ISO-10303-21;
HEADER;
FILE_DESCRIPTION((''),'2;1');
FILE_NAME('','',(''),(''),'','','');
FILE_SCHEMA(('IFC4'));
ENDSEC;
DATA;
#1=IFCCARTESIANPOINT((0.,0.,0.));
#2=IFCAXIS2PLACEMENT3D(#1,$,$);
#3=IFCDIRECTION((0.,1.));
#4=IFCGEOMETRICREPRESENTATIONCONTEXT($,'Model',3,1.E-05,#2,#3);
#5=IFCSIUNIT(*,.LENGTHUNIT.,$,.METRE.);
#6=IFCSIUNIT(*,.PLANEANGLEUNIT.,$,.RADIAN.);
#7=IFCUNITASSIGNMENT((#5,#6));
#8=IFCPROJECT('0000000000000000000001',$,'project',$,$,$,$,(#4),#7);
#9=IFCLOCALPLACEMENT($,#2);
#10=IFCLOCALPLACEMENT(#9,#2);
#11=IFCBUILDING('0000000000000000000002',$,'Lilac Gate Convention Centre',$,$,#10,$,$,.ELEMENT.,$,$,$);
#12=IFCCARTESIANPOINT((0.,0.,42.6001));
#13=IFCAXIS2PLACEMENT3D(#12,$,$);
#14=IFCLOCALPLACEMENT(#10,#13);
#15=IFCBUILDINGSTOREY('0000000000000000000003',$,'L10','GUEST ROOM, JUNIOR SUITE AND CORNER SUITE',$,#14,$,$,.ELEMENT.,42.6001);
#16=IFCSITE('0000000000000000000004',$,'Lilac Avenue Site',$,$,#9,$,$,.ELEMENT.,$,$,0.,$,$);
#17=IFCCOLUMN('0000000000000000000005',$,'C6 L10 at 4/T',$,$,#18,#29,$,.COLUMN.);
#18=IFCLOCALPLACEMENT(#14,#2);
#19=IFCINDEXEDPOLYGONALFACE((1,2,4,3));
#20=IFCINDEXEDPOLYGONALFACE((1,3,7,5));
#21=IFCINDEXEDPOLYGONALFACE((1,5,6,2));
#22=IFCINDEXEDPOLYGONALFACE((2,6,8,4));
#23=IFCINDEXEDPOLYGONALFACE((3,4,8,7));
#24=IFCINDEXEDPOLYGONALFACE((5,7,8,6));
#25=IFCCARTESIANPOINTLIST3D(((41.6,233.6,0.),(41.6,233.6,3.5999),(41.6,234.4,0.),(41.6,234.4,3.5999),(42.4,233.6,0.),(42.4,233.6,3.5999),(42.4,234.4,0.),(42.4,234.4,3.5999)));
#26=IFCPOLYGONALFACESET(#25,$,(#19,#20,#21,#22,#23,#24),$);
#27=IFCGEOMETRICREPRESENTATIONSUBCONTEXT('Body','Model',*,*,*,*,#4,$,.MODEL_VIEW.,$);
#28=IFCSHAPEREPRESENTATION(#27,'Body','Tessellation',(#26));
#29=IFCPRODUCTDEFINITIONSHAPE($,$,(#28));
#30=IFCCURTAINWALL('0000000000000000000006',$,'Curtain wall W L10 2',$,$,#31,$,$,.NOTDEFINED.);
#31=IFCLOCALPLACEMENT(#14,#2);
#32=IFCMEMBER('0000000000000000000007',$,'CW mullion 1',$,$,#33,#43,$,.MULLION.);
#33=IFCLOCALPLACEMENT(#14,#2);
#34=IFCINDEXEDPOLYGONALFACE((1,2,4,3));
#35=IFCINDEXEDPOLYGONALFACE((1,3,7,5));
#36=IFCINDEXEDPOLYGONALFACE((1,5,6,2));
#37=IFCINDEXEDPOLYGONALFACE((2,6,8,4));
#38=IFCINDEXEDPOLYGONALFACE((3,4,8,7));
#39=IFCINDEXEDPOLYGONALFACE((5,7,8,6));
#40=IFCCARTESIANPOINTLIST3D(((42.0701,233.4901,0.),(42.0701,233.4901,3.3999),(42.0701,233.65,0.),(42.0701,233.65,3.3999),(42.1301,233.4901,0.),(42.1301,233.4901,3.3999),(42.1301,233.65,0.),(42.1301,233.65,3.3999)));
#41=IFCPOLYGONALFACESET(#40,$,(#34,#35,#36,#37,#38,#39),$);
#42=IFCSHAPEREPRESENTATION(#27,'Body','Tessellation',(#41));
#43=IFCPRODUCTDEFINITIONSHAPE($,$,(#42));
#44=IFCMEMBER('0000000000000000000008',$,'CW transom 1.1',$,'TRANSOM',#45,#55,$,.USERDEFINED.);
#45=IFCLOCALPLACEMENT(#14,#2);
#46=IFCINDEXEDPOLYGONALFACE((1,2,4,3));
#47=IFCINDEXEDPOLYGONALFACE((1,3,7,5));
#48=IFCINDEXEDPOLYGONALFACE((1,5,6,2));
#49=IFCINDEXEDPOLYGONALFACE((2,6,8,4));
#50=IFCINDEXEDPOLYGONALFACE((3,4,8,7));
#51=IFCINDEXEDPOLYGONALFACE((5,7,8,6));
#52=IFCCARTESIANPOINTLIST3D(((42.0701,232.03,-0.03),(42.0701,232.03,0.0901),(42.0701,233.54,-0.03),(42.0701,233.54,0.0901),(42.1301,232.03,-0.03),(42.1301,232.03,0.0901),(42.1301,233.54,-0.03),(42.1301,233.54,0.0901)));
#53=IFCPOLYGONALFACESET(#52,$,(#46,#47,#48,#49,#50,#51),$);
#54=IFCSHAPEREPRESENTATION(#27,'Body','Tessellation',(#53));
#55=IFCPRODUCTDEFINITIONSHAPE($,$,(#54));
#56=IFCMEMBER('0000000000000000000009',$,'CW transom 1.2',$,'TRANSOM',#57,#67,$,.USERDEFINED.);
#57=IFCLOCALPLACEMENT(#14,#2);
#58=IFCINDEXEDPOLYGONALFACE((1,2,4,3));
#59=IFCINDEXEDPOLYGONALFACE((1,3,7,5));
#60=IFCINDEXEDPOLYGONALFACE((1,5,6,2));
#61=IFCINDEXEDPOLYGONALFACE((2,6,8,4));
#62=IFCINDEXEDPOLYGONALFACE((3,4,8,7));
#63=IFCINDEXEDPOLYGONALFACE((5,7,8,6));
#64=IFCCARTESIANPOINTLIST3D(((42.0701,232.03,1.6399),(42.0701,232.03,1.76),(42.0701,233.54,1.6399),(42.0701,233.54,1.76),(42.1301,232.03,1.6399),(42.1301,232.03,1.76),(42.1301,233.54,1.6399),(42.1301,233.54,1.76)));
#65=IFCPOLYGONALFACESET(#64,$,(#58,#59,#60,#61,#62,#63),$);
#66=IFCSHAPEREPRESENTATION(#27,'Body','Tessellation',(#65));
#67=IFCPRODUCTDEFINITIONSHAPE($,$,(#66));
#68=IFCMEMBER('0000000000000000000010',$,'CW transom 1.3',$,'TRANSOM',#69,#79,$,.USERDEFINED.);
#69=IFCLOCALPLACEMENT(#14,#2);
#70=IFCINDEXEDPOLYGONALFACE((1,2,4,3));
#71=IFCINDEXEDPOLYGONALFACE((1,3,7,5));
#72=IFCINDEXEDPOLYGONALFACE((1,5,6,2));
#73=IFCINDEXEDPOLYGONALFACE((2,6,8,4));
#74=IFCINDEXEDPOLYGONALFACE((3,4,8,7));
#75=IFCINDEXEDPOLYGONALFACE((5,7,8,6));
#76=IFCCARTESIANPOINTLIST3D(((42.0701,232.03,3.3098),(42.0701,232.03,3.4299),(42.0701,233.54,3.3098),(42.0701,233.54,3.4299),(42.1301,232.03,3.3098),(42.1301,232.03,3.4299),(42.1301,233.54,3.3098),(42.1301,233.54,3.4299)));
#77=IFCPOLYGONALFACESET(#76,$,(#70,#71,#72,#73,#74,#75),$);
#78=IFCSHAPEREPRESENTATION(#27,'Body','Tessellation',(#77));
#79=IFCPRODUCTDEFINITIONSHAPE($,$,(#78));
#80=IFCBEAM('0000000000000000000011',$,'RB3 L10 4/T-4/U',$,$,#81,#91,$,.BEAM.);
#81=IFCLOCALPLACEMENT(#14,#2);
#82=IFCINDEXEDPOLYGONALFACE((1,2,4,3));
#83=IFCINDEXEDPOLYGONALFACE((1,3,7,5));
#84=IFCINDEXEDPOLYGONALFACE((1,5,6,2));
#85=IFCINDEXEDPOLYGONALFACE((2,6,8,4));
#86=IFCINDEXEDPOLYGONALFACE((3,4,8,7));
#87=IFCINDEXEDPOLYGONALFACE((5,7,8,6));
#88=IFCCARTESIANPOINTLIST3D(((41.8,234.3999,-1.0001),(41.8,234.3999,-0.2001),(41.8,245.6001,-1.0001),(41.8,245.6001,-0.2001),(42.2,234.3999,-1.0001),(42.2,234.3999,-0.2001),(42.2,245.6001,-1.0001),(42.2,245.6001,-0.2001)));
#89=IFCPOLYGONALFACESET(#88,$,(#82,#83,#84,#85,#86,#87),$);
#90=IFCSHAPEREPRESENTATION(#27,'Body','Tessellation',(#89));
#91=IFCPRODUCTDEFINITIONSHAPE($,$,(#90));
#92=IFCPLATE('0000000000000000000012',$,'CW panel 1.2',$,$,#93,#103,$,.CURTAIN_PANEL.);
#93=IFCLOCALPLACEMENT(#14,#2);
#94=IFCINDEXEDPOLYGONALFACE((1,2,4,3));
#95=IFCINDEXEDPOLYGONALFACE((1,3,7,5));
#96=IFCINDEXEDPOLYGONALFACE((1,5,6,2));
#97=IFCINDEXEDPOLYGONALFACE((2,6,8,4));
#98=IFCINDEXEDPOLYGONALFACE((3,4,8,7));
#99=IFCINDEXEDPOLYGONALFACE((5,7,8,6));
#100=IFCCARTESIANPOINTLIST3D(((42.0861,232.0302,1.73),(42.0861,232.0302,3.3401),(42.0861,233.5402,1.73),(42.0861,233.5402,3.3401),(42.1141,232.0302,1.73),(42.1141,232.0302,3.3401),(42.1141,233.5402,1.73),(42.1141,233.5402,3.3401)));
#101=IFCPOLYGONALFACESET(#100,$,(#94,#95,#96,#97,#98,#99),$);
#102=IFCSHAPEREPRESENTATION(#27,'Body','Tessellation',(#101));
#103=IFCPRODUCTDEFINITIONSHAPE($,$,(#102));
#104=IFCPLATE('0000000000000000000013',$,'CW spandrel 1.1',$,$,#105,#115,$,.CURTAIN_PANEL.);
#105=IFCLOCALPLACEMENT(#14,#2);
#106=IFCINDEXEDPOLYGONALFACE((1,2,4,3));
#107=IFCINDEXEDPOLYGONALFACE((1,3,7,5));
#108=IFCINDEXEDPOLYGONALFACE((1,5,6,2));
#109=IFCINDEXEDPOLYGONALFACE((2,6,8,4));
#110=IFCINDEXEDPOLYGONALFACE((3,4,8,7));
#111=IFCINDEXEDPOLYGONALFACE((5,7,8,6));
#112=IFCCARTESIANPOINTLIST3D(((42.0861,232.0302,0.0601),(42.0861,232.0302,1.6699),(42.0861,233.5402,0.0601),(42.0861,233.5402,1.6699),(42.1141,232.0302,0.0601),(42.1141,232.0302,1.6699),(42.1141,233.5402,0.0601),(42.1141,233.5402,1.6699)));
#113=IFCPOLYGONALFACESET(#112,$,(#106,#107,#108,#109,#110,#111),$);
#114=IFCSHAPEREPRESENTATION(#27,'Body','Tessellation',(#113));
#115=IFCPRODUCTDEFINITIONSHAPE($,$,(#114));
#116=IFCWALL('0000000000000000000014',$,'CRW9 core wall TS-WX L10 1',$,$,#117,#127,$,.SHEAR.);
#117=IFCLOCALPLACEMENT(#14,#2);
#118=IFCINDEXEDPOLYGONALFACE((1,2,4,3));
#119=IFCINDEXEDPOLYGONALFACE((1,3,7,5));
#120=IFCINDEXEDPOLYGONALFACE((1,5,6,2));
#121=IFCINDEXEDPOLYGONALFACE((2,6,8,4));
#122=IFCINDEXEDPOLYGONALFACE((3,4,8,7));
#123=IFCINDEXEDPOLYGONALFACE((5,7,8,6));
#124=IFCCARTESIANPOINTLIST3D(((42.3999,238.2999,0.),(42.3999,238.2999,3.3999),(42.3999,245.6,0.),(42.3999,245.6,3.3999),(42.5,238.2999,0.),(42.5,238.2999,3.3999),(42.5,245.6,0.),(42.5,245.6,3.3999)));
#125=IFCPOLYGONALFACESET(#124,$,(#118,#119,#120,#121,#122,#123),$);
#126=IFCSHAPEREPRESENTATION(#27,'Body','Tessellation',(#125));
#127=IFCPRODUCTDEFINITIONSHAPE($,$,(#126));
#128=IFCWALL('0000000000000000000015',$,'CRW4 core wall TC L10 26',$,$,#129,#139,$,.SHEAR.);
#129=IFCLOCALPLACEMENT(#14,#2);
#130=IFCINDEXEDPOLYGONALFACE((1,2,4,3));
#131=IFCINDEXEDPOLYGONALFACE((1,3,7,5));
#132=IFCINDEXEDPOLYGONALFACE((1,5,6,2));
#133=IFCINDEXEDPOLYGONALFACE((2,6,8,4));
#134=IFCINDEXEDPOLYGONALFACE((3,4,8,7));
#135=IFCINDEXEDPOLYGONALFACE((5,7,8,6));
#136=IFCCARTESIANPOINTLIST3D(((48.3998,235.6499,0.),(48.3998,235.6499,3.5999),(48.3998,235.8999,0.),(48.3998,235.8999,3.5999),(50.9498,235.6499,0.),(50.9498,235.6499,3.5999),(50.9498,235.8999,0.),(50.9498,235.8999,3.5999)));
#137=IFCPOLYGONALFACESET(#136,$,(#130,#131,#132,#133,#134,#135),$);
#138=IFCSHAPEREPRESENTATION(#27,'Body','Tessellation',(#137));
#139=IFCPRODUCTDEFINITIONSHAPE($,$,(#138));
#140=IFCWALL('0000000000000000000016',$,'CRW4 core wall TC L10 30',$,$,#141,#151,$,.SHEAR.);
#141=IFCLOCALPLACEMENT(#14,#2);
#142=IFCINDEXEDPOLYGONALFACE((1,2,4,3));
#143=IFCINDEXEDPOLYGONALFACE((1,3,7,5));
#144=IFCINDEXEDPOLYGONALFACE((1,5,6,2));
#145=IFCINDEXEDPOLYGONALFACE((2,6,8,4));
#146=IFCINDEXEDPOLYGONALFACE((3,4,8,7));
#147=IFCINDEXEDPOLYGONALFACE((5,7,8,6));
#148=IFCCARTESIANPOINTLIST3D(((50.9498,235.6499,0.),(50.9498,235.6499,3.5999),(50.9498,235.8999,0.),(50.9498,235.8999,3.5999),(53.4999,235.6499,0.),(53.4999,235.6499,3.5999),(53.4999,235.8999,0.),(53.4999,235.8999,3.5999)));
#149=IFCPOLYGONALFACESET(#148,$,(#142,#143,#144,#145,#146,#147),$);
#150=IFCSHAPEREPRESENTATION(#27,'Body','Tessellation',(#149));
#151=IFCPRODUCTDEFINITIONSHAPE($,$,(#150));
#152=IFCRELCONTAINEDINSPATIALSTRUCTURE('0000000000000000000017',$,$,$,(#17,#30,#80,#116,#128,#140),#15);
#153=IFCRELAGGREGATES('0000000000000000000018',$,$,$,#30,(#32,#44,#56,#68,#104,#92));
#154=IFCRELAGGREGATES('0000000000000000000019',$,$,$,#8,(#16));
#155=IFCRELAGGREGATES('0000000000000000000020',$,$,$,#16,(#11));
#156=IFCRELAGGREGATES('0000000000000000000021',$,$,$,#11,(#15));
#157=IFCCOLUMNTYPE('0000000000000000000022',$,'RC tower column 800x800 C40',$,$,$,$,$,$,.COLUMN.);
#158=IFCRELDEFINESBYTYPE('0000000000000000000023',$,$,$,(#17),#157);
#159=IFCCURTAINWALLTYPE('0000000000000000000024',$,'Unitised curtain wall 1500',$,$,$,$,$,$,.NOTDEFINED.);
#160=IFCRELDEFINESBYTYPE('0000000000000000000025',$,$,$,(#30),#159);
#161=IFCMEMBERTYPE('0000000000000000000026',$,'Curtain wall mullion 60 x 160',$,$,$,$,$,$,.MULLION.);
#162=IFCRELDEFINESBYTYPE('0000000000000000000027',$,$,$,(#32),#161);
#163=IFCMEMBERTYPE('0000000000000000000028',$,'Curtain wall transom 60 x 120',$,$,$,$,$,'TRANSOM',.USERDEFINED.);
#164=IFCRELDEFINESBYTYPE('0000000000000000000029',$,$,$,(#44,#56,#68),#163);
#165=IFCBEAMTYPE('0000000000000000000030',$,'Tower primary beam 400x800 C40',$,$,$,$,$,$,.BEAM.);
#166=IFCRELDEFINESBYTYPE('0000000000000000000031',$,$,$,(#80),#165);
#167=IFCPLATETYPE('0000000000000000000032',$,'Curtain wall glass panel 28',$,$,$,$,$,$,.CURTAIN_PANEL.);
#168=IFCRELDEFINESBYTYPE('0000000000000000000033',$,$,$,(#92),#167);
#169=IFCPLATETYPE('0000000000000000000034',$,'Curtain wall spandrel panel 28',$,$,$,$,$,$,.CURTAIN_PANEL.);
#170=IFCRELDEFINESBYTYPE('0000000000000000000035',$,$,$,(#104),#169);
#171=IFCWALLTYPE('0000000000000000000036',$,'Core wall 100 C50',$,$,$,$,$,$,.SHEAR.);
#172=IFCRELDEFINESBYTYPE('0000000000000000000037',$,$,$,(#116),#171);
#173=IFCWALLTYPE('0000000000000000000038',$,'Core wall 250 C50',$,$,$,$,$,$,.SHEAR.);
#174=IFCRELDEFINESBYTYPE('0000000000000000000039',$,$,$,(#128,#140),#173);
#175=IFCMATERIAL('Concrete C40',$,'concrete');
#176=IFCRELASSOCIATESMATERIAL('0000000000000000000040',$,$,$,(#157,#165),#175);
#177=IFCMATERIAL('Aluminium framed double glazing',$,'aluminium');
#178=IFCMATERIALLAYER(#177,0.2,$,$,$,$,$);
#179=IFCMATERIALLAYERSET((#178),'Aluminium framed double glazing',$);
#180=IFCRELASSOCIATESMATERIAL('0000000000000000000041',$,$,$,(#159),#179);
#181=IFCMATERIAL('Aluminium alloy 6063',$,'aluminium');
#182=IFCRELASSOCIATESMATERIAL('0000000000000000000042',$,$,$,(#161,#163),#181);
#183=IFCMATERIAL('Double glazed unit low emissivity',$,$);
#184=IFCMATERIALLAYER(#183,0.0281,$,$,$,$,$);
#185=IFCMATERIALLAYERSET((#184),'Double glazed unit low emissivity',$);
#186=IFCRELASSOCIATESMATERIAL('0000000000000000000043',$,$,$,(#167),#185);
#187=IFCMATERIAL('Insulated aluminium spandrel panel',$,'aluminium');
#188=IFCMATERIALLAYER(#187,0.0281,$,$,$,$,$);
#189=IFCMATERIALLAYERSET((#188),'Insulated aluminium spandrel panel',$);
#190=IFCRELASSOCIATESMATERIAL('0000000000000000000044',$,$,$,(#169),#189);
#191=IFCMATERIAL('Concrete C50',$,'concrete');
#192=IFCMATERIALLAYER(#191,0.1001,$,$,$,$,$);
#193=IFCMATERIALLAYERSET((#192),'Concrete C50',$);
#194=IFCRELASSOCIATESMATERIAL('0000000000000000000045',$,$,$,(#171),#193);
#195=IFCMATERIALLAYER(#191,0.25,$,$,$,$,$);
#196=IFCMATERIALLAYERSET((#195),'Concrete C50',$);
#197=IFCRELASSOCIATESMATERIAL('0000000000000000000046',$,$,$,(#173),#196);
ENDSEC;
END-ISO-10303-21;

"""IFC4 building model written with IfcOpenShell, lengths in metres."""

from ifc_helpers import new_model, si_unit, direction, frame, frame_2d, origin, origin_2d, place, context, subcontext, project, spatial, rectangle, extrude, material, layer, layer_set, material_profile, profile_set, type_object, element, aggregate, save


model = new_model("IFC4")

# Units and contexts
model_context = context("Model", 3, precision=1e-05, world=origin(), true_north=direction((0.0, 1.0)))
body_context = subcontext(model_context, "Body", "Model", "MODEL_VIEW")
ifc_project = project(units=[si_unit("LENGTHUNIT", "METRE"), si_unit("PLANEANGLEUNIT", "RADIAN")], contexts=[model_context])

# Site, building, storey
site_placement = place(None, origin())
site = spatial("IfcSite", under=ifc_project, at=site_placement, Name="Lilac Avenue Site", CompositionType="ELEMENT", RefElevation=0.0)
building_placement = place(site_placement, origin())
building = spatial("IfcBuilding", under=site, at=building_placement, Name="Lilac Gate Convention Centre", CompositionType="ELEMENT")
storey_placement = place(building_placement, frame((0.0, 0.0, 42.6001)))
storey = spatial("IfcBuildingStorey", under=building, at=storey_placement, Name="L10", Description="GUEST ROOM, JUNIOR SUITE AND CORNER SUITE", CompositionType="ELEMENT", Elevation=42.6001)

# Column
ifc_material_1 = material(Name="Concrete C40", Category="concrete")
ifc_material_profile_1 = material_profile(ifc_material_1, rectangle(XDim=0.8, YDim=0.8, at=origin_2d()), Name="RC 800x800")
ifc_profile_set_1 = profile_set([ifc_material_profile_1], Name="Concrete C40")
column_type = type_object("IfcColumnType", Name="RC tower column 800x800 C40", PredefinedType="COLUMN", material=ifc_profile_set_1)
column_placement = place(storey_placement, frame((42.0, 234.0, 0.0), z_axis=(0.0, 0.0, 1.0), x_axis=(1.0, 0.0, 0.0)))
element("IfcColumn", 1, at=column_placement, inside=storey, type_object=column_type, Name="C6 L10 at 4/T", PredefinedType="COLUMN", context=body_context, shape_type="SweptSolid", body=[
    extrude(rectangle(XDim=0.8, YDim=0.8, at=origin_2d()), origin(), (0.0, 0.0, 1.0), 3.5999),
])

# Curtain wall, members
ifc_material_2 = material(Name="Aluminium framed double glazing", Category="aluminium")
ifc_layer_1 = layer(ifc_material_2, 0.2)
ifc_layer_set_1 = layer_set([ifc_layer_1], Name="Aluminium framed double glazing")
curtain_wall_type = type_object("IfcCurtainWallType", Name="Unitised curtain wall 1500", PredefinedType="NOTDEFINED", material=ifc_layer_set_1)
curtain_wall_placement = place(storey_placement, origin())
curtain_wall = element("IfcCurtainWall", 2, at=curtain_wall_placement, inside=storey, type_object=curtain_wall_type, Name="Curtain wall W L10 2", PredefinedType="NOTDEFINED")
ifc_material_3 = material(Name="Aluminium alloy 6063", Category="aluminium")
ifc_material_profile_2 = material_profile(ifc_material_3, rectangle(XDim=0.0601, YDim=0.1599, at=origin_2d()), Name="Curtain wall mullion 60 x 160")
ifc_profile_set_2 = profile_set([ifc_material_profile_2], Name="Aluminium alloy 6063")
member_type_1 = type_object("IfcMemberType", Name="Curtain wall mullion 60 x 160", PredefinedType="MULLION", material=ifc_profile_set_2)
member_1_placement = place(storey_placement, frame((42.1001, 233.5701, 0.0), z_axis=(0.0, 0.0, 1.0), x_axis=(1.0, 0.0, 0.0)))
member_1 = element("IfcMember", 3, at=member_1_placement, type_object=member_type_1, Name="CW mullion 1", PredefinedType="MULLION", context=body_context, shape_type="SweptSolid", body=[
    extrude(rectangle(XDim=0.0601, YDim=0.1599, at=origin_2d()), origin(), (0.0, 0.0, 1.0), 3.3999),
])
ifc_material_profile_3 = material_profile(ifc_material_3, rectangle(XDim=0.0601, YDim=0.1201, at=origin_2d()), Name="Curtain wall transom 60 x 120")
ifc_profile_set_3 = profile_set([ifc_material_profile_3], Name="Aluminium alloy 6063")
member_type_2 = type_object("IfcMemberType", Name="Curtain wall transom 60 x 120", ElementType="TRANSOM", PredefinedType="USERDEFINED", material=ifc_profile_set_3)
member_2_placement = place(storey_placement, frame((42.1001, 233.54, 0.03), z_axis=(0.0, -1.0, 0.0), x_axis=(1.0, 0.0, 0.0)))
member_2 = element("IfcMember", 4, at=member_2_placement, type_object=member_type_2, Name="CW transom 1.1", ObjectType="TRANSOM", PredefinedType="USERDEFINED", context=body_context, shape_type="SweptSolid", body=[
    extrude(rectangle(XDim=0.0601, YDim=0.1201, at=origin_2d()), origin(), (0.0, 0.0, 1.0), 1.51),
])
member_3_placement = place(storey_placement, frame((42.1001, 233.54, 1.7), z_axis=(0.0, -1.0, 0.0), x_axis=(1.0, 0.0, 0.0)))
member_3 = element("IfcMember", 5, at=member_3_placement, type_object=member_type_2, Name="CW transom 1.2", ObjectType="TRANSOM", PredefinedType="USERDEFINED", context=body_context, shape_type="SweptSolid", body=[
    extrude(rectangle(XDim=0.0601, YDim=0.1201, at=origin_2d()), origin(), (0.0, 0.0, 1.0), 1.51),
])
member_4_placement = place(storey_placement, frame((42.1001, 233.54, 3.3699), z_axis=(0.0, -1.0, 0.0), x_axis=(1.0, 0.0, 0.0)))
member_4 = element("IfcMember", 6, at=member_4_placement, type_object=member_type_2, Name="CW transom 1.3", ObjectType="TRANSOM", PredefinedType="USERDEFINED", context=body_context, shape_type="SweptSolid", body=[
    extrude(rectangle(XDim=0.0601, YDim=0.1201, at=origin_2d()), origin(), (0.0, 0.0, 1.0), 1.51),
])

# Beam
ifc_material_profile_4 = material_profile(ifc_material_1, rectangle(XDim=0.3999, YDim=0.8, at=origin_2d()), Name="RC 400x800")
ifc_profile_set_4 = profile_set([ifc_material_profile_4], Name="Concrete C40")
beam_type = type_object("IfcBeamType", Name="Tower primary beam 400x800 C40", PredefinedType="BEAM", material=ifc_profile_set_4)
beam_placement = place(storey_placement, frame((42.0, 234.3999, -0.6001), z_axis=(0.0, 1.0, 0.0), x_axis=(-1.0, 0.0, 0.0)))
element("IfcBeam", 7, at=beam_placement, inside=storey, type_object=beam_type, Name="RB3 L10 4/T-4/U", PredefinedType="BEAM", context=body_context, shape_type="SweptSolid", body=[
    extrude(rectangle(XDim=0.3999, YDim=0.8, at=origin_2d()), origin(), (0.0, 0.0, 1.0), 11.2002),
])

# Plates
ifc_material_4 = material(Name="Double glazed unit low emissivity")
ifc_layer_2 = layer(ifc_material_4, 0.0281)
ifc_layer_set_2 = layer_set([ifc_layer_2], Name="Double glazed unit low emissivity")
plate_type_1 = type_object("IfcPlateType", Name="Curtain wall glass panel 28", PredefinedType="CURTAIN_PANEL", material=ifc_layer_set_2)
plate_1_placement = place(storey_placement, frame((42.1001, 232.7852, 1.73), z_axis=(0.0, 0.0, 1.0), x_axis=(0.0, -1.0, 0.0)))
plate_1 = element("IfcPlate", 8, at=plate_1_placement, type_object=plate_type_1, Name="CW panel 1.2", PredefinedType="CURTAIN_PANEL", context=body_context, shape_type="SweptSolid", body=[
    extrude(rectangle(XDim=1.51, YDim=0.0281, at=origin_2d()), origin(), (0.0, 0.0, 1.0), 1.6101),
])
ifc_material_5 = material(Name="Insulated aluminium spandrel panel", Category="aluminium")
ifc_layer_3 = layer(ifc_material_5, 0.0281)
ifc_layer_set_3 = layer_set([ifc_layer_3], Name="Insulated aluminium spandrel panel")
plate_type_2 = type_object("IfcPlateType", Name="Curtain wall spandrel panel 28", PredefinedType="CURTAIN_PANEL", material=ifc_layer_set_3)
plate_2_placement = place(storey_placement, frame((42.1001, 232.7852, 0.0601), z_axis=(0.0, 0.0, 1.0), x_axis=(0.0, -1.0, 0.0)))
plate_2 = element("IfcPlate", 9, at=plate_2_placement, type_object=plate_type_2, Name="CW spandrel 1.1", PredefinedType="CURTAIN_PANEL", context=body_context, shape_type="SweptSolid", body=[
    extrude(rectangle(XDim=1.51, YDim=0.0281, at=origin_2d()), origin(), (0.0, 0.0, 1.0), 1.6099),
])
aggregate(curtain_wall, [member_1, member_2, member_3, member_4, plate_2, plate_1])

# Walls
ifc_material_6 = material(Name="Concrete C50", Category="concrete")
ifc_layer_4 = layer(ifc_material_6, 0.1001)
ifc_layer_set_4 = layer_set([ifc_layer_4], Name="Concrete C50")
wall_type_1 = type_object("IfcWallType", Name="Core wall 100 C50", PredefinedType="SHEAR", material=ifc_layer_set_4)
wall_1_placement = place(storey_placement, frame((42.45, 238.3, 0.0), z_axis=(0.0, 0.0, 1.0), x_axis=(0.0, 1.0, 0.0)))
element("IfcWall", 10, at=wall_1_placement, inside=storey, type_object=wall_type_1, Name="CRW9 core wall TS-WX L10 1", PredefinedType="SHEAR", context=body_context, shape_type="SweptSolid", body=[
    extrude(rectangle(XDim=7.3, YDim=0.1001, at=frame_2d((3.6499, 0.0))), origin(), (0.0, 0.0, 1.0), 3.3999),
])
ifc_layer_5 = layer(ifc_material_6, 0.25)
ifc_layer_set_5 = layer_set([ifc_layer_5], Name="Concrete C50")
wall_type_2 = type_object("IfcWallType", Name="Core wall 250 C50", PredefinedType="SHEAR", material=ifc_layer_set_5)
for number, where, z_axis, x_axis, name in (
    (11, (48.3999, 235.7749, 0.0), (0.0, 0.0, 1.0), (1.0, 0.0, 0.0), "CRW4 core wall TC L10 26"),
    (12, (50.95, 235.7749, 0.0), (0.0, 0.0, 1.0), (1.0, 0.0, 0.0), "CRW4 core wall TC L10 30"),
):
    element("IfcWall", number, at=place(storey_placement, frame(where, z_axis=z_axis, x_axis=x_axis)), inside=storey, type_object=wall_type_2, Name=name, PredefinedType="SHEAR", context=body_context, shape_type="SweptSolid", body=[
        extrude(rectangle(XDim=2.55, YDim=0.25, at=frame_2d((1.2749, 0.0))), origin(), (0.0, 0.0, 1.0), 3.5999),
    ])

save(model, "model.ifc")
